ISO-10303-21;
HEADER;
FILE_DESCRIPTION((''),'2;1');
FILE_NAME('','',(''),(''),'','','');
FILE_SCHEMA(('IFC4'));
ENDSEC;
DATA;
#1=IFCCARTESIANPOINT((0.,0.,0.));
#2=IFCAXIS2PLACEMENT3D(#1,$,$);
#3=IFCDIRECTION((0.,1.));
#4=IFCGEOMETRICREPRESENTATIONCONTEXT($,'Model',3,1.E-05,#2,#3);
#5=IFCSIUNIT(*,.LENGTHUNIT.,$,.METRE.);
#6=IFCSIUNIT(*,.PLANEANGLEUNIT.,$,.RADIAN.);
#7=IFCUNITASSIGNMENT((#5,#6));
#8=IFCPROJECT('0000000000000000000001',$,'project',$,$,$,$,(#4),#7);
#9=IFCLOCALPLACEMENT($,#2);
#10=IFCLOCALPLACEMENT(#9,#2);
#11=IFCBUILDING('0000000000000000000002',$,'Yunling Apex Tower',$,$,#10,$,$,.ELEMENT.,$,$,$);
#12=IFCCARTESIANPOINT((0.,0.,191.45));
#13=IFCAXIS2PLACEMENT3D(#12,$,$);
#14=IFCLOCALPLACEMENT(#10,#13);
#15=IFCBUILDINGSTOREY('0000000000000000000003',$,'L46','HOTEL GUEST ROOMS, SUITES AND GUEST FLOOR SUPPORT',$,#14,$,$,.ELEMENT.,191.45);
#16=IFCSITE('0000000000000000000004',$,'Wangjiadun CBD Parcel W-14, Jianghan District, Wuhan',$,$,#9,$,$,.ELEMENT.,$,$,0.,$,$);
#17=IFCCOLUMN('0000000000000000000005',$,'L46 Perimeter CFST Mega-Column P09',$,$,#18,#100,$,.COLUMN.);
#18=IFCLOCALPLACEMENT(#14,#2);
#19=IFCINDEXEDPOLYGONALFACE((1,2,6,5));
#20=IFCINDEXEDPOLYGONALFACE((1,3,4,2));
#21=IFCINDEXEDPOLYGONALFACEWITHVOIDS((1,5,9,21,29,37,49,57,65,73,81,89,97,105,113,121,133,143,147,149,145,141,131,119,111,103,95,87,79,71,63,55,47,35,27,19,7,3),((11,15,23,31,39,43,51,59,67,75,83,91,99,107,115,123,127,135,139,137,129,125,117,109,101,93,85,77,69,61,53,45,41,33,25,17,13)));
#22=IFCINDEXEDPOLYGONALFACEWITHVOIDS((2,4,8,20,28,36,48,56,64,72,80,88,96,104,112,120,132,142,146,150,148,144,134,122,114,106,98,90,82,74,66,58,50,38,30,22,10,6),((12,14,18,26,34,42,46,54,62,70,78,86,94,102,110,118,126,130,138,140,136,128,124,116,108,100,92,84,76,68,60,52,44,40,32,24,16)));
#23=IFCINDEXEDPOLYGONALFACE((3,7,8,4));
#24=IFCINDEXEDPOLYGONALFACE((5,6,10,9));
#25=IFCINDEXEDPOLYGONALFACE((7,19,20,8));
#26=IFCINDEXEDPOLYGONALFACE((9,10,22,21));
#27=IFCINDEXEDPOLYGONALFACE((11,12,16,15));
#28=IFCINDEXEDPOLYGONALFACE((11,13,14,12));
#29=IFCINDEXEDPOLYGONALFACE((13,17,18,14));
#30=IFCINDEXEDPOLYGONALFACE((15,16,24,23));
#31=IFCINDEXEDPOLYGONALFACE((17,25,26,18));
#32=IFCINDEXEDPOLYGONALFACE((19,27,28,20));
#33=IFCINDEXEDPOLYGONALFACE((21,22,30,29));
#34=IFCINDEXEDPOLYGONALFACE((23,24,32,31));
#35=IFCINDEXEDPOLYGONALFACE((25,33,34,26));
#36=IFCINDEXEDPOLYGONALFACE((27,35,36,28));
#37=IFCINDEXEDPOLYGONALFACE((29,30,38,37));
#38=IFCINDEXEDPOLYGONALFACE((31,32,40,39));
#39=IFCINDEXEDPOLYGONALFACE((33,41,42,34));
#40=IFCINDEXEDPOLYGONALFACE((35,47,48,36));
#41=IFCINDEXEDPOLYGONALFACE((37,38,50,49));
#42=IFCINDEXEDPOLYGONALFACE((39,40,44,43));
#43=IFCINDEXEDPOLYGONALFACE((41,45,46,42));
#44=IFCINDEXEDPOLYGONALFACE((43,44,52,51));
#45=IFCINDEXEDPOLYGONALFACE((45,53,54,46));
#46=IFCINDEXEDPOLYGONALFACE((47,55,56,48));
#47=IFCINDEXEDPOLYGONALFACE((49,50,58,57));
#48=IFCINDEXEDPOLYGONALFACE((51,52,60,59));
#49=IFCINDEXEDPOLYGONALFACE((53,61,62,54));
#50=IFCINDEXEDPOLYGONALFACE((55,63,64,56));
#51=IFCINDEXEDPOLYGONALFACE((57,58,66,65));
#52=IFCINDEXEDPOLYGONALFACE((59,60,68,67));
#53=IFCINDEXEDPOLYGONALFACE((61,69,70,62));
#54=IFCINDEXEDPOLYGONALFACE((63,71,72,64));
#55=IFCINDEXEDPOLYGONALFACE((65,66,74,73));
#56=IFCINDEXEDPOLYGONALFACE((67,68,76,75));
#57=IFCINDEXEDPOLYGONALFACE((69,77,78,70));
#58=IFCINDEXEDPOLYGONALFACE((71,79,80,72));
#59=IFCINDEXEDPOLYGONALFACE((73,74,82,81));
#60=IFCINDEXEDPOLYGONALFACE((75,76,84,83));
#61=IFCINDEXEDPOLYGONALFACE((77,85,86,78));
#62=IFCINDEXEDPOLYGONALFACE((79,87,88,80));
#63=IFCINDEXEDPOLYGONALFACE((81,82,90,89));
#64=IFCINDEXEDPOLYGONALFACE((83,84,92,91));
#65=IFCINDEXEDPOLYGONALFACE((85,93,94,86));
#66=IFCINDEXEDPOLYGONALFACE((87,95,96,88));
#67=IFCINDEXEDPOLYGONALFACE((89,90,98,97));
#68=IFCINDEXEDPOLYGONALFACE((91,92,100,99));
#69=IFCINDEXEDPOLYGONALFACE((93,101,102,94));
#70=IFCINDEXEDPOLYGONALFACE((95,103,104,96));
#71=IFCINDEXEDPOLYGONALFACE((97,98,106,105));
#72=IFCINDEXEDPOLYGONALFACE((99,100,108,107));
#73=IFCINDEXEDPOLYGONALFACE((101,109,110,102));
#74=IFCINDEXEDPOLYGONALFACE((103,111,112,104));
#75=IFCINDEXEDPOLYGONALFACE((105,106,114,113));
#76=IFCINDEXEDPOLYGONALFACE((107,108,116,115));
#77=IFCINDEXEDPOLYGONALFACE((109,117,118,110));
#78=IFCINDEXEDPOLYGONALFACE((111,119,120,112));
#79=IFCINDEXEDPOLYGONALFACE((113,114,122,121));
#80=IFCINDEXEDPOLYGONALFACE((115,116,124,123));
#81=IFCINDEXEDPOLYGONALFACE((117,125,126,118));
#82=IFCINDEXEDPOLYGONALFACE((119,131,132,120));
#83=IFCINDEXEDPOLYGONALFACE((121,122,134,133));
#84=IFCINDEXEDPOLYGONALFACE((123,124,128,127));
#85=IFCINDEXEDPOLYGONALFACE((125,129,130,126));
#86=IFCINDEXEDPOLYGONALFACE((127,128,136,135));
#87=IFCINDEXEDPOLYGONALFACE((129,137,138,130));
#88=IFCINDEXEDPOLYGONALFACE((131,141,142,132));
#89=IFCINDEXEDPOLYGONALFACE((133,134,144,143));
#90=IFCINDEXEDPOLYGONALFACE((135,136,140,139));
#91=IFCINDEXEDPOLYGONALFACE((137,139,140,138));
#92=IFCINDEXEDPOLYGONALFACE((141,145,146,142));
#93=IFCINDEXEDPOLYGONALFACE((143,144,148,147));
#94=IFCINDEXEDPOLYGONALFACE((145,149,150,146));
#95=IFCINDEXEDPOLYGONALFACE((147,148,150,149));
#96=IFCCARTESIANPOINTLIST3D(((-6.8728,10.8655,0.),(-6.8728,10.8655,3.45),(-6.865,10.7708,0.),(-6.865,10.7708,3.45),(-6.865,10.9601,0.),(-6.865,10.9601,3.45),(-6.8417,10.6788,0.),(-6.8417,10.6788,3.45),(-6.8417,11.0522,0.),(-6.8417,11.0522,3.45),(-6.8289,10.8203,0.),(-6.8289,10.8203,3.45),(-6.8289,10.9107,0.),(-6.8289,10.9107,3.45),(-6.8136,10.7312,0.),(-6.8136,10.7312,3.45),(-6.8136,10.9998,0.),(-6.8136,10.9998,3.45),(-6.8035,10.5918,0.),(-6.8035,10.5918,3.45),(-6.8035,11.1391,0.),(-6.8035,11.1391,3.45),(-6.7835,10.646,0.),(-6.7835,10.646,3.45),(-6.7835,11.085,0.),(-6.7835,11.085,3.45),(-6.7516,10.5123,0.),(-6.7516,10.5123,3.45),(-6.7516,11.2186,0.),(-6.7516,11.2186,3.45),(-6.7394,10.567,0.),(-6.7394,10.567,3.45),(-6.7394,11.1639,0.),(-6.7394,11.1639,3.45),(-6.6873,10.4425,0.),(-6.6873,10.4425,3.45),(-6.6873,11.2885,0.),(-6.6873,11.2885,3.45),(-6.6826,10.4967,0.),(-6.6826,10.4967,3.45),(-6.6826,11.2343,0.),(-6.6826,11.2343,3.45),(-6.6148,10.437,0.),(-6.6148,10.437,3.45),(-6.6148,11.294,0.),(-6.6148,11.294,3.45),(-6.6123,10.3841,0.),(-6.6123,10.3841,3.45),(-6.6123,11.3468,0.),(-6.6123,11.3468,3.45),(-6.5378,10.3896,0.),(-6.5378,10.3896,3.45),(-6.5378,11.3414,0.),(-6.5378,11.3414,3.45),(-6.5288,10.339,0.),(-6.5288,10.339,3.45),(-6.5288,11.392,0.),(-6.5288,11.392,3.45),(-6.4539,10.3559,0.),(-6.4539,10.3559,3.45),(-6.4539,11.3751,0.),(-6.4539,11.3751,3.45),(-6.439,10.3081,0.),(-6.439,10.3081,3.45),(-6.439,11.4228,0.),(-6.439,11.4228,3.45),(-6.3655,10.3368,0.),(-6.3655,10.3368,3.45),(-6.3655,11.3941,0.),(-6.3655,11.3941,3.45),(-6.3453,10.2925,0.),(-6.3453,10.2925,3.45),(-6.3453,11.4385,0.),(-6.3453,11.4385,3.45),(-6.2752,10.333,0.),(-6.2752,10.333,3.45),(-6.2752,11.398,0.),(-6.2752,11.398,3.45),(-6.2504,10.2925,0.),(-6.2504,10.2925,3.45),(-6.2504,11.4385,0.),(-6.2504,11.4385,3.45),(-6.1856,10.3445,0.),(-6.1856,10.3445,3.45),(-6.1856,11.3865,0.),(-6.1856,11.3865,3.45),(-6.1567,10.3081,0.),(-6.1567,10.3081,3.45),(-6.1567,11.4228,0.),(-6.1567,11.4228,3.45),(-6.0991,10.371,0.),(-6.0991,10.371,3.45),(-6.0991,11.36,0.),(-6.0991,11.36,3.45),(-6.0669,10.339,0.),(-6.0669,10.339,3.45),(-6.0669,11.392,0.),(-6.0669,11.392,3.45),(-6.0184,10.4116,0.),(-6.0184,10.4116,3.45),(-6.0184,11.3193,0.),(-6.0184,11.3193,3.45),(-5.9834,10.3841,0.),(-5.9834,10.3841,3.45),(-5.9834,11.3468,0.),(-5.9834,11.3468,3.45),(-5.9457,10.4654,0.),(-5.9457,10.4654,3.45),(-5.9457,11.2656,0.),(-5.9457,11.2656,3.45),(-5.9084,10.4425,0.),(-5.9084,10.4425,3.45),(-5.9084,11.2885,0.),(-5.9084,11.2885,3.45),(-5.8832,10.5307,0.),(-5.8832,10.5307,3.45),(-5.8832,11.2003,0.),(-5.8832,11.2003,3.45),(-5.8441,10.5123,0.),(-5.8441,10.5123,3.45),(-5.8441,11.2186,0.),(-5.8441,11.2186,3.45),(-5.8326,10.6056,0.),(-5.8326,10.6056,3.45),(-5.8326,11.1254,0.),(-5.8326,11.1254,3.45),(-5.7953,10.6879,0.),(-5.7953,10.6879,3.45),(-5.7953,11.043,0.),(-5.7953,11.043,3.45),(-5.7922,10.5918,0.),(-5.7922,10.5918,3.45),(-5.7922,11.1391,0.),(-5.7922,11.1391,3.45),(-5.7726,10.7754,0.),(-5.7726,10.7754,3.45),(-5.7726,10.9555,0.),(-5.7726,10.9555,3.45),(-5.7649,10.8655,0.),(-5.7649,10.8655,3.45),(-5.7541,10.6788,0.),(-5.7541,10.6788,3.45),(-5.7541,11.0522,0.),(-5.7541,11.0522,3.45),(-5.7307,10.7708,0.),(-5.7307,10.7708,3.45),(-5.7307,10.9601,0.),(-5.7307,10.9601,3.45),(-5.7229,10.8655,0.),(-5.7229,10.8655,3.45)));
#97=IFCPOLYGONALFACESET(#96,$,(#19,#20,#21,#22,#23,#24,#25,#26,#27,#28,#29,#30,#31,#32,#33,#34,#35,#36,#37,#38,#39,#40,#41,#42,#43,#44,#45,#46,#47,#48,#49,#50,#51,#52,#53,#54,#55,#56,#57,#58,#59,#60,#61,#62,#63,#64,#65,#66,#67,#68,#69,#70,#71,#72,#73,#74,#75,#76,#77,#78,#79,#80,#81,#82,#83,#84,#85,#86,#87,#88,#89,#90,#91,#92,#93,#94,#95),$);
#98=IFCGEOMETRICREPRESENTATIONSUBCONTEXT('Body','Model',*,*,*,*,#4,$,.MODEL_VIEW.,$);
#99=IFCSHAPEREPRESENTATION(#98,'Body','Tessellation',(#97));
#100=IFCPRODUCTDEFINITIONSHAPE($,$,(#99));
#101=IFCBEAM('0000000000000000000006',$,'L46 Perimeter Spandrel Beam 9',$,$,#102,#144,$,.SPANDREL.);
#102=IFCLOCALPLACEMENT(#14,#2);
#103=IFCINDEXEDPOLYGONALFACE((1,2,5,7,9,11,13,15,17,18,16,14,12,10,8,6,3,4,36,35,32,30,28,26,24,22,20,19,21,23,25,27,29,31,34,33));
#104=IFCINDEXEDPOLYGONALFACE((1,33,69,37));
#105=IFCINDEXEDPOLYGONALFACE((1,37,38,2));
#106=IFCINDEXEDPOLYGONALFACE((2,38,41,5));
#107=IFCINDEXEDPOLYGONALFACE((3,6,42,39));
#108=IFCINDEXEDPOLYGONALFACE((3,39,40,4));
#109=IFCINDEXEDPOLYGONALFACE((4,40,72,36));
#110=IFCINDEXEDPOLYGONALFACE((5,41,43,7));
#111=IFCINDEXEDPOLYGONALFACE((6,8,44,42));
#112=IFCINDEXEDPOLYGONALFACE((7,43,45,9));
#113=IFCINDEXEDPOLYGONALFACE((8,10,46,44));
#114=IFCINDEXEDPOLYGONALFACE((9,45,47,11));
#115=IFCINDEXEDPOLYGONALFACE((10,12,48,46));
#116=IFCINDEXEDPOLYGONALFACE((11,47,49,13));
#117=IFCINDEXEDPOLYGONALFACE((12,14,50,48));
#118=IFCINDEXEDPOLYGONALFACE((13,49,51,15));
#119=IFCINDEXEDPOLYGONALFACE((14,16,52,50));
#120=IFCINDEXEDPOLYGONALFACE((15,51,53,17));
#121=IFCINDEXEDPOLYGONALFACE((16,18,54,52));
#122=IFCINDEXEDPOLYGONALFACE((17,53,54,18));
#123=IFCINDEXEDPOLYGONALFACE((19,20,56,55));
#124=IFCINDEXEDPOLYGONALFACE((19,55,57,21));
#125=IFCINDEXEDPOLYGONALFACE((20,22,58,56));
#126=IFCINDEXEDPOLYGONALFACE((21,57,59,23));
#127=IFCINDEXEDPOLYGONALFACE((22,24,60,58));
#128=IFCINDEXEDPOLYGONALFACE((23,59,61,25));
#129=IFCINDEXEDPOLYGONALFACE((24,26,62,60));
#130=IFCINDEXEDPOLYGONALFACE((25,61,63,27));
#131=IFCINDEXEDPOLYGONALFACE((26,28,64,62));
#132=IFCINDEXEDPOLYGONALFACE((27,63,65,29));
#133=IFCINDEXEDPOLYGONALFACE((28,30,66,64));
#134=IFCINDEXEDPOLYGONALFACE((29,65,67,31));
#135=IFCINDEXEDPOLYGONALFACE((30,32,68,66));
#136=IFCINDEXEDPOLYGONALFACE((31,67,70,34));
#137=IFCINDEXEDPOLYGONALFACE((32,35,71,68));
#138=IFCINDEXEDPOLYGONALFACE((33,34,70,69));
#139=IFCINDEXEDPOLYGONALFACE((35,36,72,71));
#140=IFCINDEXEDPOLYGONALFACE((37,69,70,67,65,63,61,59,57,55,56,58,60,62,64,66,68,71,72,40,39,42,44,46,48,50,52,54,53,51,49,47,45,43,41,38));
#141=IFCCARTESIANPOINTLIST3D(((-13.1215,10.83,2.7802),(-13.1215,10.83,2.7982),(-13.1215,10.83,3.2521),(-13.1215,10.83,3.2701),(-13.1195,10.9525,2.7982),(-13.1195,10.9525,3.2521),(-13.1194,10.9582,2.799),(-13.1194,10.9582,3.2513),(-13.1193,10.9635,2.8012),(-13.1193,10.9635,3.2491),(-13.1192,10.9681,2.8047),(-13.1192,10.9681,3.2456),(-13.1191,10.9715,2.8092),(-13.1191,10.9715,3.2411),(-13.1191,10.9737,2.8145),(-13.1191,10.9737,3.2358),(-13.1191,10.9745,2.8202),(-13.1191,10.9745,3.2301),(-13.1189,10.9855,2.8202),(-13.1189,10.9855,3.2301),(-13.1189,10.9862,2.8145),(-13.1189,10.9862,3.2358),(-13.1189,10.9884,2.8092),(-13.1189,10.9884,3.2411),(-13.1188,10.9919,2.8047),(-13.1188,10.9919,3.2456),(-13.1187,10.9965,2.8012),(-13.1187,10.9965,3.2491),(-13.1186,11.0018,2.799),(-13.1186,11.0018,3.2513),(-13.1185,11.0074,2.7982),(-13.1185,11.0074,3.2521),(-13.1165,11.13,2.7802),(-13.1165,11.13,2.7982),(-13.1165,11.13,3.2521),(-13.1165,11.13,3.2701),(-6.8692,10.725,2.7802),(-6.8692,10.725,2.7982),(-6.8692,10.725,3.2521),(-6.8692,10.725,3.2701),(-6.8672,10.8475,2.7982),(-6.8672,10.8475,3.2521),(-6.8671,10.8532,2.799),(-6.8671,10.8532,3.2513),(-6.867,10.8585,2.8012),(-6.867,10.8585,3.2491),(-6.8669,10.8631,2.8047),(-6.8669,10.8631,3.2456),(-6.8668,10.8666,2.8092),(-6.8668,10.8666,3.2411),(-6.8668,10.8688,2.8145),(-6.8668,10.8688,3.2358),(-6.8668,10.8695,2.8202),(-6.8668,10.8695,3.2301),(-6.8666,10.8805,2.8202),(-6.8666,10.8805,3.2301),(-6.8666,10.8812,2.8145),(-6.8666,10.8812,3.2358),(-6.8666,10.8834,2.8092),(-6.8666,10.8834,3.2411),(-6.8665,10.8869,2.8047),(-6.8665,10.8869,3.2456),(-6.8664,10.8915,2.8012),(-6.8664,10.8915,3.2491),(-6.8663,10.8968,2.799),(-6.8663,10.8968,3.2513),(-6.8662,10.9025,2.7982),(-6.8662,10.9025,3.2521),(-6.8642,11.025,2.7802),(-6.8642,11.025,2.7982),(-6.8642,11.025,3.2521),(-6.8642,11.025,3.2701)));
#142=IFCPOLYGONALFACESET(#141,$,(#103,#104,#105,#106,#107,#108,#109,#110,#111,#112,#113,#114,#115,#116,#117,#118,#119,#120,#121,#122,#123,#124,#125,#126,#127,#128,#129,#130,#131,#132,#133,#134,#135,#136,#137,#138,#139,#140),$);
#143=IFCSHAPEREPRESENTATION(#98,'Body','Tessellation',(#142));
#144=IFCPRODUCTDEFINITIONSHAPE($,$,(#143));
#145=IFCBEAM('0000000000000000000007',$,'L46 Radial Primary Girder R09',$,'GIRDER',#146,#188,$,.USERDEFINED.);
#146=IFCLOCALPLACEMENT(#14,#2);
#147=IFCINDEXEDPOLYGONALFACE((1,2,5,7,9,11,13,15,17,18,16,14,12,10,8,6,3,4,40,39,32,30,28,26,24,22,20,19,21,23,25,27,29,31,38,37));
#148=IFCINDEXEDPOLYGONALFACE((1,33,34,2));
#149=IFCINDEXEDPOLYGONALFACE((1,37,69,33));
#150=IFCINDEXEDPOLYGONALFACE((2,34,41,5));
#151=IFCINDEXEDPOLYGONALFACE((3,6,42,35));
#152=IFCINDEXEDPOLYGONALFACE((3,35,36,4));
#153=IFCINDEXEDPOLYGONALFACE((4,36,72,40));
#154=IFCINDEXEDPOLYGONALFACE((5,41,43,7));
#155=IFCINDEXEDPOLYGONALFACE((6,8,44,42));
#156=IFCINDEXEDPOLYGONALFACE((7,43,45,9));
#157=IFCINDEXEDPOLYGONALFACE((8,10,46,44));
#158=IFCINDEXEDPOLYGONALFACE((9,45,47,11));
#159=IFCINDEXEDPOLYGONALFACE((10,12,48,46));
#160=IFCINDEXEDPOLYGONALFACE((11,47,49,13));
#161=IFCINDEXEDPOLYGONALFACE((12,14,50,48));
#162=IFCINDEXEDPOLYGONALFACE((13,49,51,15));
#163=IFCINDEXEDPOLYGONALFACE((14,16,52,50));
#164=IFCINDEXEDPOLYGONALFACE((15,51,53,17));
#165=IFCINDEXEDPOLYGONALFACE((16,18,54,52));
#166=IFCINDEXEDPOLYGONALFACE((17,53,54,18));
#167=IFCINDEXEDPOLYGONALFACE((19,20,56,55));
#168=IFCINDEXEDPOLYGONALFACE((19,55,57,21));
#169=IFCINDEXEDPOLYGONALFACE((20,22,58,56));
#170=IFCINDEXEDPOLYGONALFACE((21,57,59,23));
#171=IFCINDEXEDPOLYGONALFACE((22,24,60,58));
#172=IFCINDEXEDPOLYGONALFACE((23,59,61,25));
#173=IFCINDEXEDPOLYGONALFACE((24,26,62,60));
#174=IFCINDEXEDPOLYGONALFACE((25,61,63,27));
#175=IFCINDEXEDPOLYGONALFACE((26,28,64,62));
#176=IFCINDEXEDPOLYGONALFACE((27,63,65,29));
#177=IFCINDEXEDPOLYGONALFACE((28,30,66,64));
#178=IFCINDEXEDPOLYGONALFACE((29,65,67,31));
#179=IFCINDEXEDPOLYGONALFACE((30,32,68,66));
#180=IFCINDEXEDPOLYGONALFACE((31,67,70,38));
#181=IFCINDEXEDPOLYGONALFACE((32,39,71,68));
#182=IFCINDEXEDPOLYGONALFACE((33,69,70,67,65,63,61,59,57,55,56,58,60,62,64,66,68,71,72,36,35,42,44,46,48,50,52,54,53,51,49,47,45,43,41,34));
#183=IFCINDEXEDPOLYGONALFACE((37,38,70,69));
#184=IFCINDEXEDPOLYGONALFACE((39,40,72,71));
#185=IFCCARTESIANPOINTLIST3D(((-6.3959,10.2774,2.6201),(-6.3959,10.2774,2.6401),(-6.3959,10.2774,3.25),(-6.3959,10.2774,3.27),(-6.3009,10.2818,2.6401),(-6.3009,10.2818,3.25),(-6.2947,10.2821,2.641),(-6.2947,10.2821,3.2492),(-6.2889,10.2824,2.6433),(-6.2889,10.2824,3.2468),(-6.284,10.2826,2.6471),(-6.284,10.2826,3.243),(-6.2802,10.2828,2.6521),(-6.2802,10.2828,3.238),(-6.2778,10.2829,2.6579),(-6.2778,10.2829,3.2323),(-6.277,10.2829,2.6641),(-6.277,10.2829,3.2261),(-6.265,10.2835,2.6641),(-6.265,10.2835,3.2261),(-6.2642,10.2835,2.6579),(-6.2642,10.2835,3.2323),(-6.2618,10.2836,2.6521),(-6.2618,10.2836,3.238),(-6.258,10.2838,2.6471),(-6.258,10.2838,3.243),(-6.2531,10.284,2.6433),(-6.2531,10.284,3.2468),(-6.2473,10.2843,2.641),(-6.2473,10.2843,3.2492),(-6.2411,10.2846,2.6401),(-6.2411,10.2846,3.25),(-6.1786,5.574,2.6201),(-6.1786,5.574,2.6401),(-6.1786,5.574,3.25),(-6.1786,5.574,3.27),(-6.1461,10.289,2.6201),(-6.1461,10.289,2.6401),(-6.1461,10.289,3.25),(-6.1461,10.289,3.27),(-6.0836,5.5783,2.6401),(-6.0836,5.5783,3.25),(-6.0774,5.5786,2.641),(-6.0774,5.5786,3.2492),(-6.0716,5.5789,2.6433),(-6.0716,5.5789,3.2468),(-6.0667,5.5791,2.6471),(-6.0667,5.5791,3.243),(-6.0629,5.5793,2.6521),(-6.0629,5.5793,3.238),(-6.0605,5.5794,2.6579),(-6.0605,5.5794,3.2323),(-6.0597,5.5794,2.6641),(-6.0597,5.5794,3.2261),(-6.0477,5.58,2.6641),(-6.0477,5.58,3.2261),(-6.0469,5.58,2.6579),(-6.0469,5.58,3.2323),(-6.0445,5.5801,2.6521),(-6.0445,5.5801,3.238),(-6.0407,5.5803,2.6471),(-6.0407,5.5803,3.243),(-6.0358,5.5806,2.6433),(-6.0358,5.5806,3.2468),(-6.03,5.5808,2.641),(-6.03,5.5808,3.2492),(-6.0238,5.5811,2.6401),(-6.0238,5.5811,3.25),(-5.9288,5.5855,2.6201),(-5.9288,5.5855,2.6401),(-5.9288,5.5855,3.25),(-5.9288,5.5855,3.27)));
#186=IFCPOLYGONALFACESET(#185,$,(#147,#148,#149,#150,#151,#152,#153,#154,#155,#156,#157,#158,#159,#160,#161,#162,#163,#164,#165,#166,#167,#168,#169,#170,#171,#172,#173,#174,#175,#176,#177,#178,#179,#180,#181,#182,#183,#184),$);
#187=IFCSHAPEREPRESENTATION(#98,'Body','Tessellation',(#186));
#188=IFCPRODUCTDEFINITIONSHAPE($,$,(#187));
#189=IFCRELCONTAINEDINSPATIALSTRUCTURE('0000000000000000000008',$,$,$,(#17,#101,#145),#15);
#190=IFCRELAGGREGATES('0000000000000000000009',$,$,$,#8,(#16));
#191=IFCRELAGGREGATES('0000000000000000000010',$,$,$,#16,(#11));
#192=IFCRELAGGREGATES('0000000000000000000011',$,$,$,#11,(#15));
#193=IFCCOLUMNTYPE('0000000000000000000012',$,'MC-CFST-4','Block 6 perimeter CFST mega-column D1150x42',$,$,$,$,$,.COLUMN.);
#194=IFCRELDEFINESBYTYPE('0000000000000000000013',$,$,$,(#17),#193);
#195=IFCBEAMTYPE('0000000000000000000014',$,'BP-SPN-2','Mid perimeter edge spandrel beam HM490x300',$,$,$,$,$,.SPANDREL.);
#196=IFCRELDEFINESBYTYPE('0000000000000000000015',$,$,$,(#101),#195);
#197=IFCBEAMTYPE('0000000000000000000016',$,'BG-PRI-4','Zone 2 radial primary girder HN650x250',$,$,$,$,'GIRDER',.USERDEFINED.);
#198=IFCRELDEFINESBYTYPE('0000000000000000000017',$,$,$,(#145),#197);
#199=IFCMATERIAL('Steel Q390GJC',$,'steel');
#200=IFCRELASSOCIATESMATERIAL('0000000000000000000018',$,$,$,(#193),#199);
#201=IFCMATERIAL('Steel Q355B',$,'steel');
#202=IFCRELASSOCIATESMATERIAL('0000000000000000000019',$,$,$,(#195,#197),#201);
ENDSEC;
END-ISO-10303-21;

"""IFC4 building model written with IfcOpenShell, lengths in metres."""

from ifc_helpers import new_model, si_unit, direction, frame, origin, origin_2d, place, context, subcontext, project, spatial, hollow_circle, i_section, extrude, source, transform, mapped, material, material_profile, profile_set, type_object, element, save


model = new_model("IFC4")

# Units and contexts
model_context = context("Model", 3, precision=1e-05, world=origin(), true_north=direction((0.0, 1.0)))
body_context = subcontext(model_context, "Body", "Model", "MODEL_VIEW")
ifc_project = project(units=[si_unit("LENGTHUNIT", "METRE"), si_unit("PLANEANGLEUNIT", "RADIAN")], contexts=[model_context])

# Site, building, storey
site_placement = place(None, origin())
site = spatial("IfcSite", under=ifc_project, at=site_placement, Name="Wangjiadun CBD Parcel W-14, Jianghan District, Wuhan", CompositionType="ELEMENT", RefElevation=0.0)
building_placement = place(site_placement, origin())
building = spatial("IfcBuilding", under=site, at=building_placement, Name="Yunling Apex Tower", CompositionType="ELEMENT")
storey_placement = place(building_placement, frame((0.0, 0.0, 191.45)))
storey = spatial("IfcBuildingStorey", under=building, at=storey_placement, Name="L46", Description="HOTEL GUEST ROOMS, SUITES AND GUEST FLOOR SUPPORT", CompositionType="ELEMENT", Elevation=191.45)

# Column
ifc_material_1 = material(Name="Steel Q390GJC", Category="steel")
ifc_material_profile_1 = material_profile(ifc_material_1, hollow_circle(Radius=0.575, WallThickness=0.042, at=origin_2d()))
ifc_profile_set_1 = profile_set([ifc_material_profile_1], Name="Steel Q390GJC")
column_type = type_object("IfcColumnType", Name="MC-CFST-4", Description="Block 6 perimeter CFST mega-column D1150x42", PredefinedType="COLUMN", material=ifc_profile_set_1)
shared_shape_1 = source(origin(), body_context, "Body", "SweptSolid", [
    extrude(hollow_circle(Radius=0.575, WallThickness=0.042, at=origin_2d()), origin(), (0.0, 0.0, 1.0), 3.45),
])
column_placement = place(storey_placement, frame((-6.2979, 10.8655, 0.0), z_axis=(0.0, 0.0, 1.0), x_axis=(1.0, 0.0, 0.0)))
element("IfcColumn", 1, at=column_placement, inside=storey, type_object=column_type, Name="L46 Perimeter CFST Mega-Column P09", PredefinedType="COLUMN", context=body_context, shape_type="MappedRepresentation", body=[
    mapped(shared_shape_1, transform((0.0, 0.0, 0.0), scale=1.0)),
])

# Beams
ifc_material_2 = material(Name="Steel Q355B", Category="steel")
ifc_material_profile_2 = material_profile(ifc_material_2, i_section(OverallWidth=0.3, OverallDepth=0.49, WebThickness=0.011, FlangeThickness=0.0181, FilletRadius=0.022, at=origin_2d()))
ifc_profile_set_2 = profile_set([ifc_material_profile_2], Name="Steel Q355B")
beam_type_1 = type_object("IfcBeamType", Name="BP-SPN-2", Description="Mid perimeter edge spandrel beam HM490x300", PredefinedType="SPANDREL", material=ifc_profile_set_2)
shared_shape_2 = source(origin(), body_context, "Body", "SweptSolid", [
    extrude(i_section(OverallWidth=0.3, OverallDepth=0.49, WebThickness=0.011, FlangeThickness=0.0181, FilletRadius=0.022, at=origin_2d()), origin(), (0.0, 0.0, 1.0), 6.2532),
])
beam_1_placement = place(storey_placement, frame((-6.8667, 10.875, 3.0251), z_axis=(-0.999859, 0.016789, 0.0), x_axis=(-0.016789, -0.999859, 0.0)))
element("IfcBeam", 2, at=beam_1_placement, inside=storey, type_object=beam_type_1, Name="L46 Perimeter Spandrel Beam 9", PredefinedType="SPANDREL", context=body_context, shape_type="MappedRepresentation", body=[
    mapped(shared_shape_2, transform((0.0, 0.0, 0.0), scale=1.0)),
])
ifc_material_profile_3 = material_profile(ifc_material_2, i_section(OverallWidth=0.25, OverallDepth=0.6499, WebThickness=0.012, FlangeThickness=0.02, FilletRadius=0.0239, at=origin_2d()))
ifc_profile_set_3 = profile_set([ifc_material_profile_3], Name="Steel Q355B")
beam_type_2 = type_object("IfcBeamType", Name="BG-PRI-4", Description="Zone 2 radial primary girder HN650x250", ElementType="GIRDER", PredefinedType="USERDEFINED", material=ifc_profile_set_3)
shared_shape_3 = source(origin(), body_context, "Body", "SweptSolid", [
    extrude(i_section(OverallWidth=0.25, OverallDepth=0.6499, WebThickness=0.012, FlangeThickness=0.02, FilletRadius=0.0239, at=origin_2d()), origin(), (0.0, 0.0, 1.0), 4.7085),
])
beam_2_placement = place(storey_placement, frame((-6.271, 10.2832, 2.9451), z_axis=(0.046149, -0.998935, 0.0), x_axis=(0.998935, 0.046149, 0.0)))
element("IfcBeam", 3, at=beam_2_placement, inside=storey, type_object=beam_type_2, Name="L46 Radial Primary Girder R09", ObjectType="GIRDER", PredefinedType="USERDEFINED", context=body_context, shape_type="MappedRepresentation", body=[
    mapped(shared_shape_3, transform((0.0, 0.0, 0.0), scale=1.0)),
])

save(model, "model.ifc")
